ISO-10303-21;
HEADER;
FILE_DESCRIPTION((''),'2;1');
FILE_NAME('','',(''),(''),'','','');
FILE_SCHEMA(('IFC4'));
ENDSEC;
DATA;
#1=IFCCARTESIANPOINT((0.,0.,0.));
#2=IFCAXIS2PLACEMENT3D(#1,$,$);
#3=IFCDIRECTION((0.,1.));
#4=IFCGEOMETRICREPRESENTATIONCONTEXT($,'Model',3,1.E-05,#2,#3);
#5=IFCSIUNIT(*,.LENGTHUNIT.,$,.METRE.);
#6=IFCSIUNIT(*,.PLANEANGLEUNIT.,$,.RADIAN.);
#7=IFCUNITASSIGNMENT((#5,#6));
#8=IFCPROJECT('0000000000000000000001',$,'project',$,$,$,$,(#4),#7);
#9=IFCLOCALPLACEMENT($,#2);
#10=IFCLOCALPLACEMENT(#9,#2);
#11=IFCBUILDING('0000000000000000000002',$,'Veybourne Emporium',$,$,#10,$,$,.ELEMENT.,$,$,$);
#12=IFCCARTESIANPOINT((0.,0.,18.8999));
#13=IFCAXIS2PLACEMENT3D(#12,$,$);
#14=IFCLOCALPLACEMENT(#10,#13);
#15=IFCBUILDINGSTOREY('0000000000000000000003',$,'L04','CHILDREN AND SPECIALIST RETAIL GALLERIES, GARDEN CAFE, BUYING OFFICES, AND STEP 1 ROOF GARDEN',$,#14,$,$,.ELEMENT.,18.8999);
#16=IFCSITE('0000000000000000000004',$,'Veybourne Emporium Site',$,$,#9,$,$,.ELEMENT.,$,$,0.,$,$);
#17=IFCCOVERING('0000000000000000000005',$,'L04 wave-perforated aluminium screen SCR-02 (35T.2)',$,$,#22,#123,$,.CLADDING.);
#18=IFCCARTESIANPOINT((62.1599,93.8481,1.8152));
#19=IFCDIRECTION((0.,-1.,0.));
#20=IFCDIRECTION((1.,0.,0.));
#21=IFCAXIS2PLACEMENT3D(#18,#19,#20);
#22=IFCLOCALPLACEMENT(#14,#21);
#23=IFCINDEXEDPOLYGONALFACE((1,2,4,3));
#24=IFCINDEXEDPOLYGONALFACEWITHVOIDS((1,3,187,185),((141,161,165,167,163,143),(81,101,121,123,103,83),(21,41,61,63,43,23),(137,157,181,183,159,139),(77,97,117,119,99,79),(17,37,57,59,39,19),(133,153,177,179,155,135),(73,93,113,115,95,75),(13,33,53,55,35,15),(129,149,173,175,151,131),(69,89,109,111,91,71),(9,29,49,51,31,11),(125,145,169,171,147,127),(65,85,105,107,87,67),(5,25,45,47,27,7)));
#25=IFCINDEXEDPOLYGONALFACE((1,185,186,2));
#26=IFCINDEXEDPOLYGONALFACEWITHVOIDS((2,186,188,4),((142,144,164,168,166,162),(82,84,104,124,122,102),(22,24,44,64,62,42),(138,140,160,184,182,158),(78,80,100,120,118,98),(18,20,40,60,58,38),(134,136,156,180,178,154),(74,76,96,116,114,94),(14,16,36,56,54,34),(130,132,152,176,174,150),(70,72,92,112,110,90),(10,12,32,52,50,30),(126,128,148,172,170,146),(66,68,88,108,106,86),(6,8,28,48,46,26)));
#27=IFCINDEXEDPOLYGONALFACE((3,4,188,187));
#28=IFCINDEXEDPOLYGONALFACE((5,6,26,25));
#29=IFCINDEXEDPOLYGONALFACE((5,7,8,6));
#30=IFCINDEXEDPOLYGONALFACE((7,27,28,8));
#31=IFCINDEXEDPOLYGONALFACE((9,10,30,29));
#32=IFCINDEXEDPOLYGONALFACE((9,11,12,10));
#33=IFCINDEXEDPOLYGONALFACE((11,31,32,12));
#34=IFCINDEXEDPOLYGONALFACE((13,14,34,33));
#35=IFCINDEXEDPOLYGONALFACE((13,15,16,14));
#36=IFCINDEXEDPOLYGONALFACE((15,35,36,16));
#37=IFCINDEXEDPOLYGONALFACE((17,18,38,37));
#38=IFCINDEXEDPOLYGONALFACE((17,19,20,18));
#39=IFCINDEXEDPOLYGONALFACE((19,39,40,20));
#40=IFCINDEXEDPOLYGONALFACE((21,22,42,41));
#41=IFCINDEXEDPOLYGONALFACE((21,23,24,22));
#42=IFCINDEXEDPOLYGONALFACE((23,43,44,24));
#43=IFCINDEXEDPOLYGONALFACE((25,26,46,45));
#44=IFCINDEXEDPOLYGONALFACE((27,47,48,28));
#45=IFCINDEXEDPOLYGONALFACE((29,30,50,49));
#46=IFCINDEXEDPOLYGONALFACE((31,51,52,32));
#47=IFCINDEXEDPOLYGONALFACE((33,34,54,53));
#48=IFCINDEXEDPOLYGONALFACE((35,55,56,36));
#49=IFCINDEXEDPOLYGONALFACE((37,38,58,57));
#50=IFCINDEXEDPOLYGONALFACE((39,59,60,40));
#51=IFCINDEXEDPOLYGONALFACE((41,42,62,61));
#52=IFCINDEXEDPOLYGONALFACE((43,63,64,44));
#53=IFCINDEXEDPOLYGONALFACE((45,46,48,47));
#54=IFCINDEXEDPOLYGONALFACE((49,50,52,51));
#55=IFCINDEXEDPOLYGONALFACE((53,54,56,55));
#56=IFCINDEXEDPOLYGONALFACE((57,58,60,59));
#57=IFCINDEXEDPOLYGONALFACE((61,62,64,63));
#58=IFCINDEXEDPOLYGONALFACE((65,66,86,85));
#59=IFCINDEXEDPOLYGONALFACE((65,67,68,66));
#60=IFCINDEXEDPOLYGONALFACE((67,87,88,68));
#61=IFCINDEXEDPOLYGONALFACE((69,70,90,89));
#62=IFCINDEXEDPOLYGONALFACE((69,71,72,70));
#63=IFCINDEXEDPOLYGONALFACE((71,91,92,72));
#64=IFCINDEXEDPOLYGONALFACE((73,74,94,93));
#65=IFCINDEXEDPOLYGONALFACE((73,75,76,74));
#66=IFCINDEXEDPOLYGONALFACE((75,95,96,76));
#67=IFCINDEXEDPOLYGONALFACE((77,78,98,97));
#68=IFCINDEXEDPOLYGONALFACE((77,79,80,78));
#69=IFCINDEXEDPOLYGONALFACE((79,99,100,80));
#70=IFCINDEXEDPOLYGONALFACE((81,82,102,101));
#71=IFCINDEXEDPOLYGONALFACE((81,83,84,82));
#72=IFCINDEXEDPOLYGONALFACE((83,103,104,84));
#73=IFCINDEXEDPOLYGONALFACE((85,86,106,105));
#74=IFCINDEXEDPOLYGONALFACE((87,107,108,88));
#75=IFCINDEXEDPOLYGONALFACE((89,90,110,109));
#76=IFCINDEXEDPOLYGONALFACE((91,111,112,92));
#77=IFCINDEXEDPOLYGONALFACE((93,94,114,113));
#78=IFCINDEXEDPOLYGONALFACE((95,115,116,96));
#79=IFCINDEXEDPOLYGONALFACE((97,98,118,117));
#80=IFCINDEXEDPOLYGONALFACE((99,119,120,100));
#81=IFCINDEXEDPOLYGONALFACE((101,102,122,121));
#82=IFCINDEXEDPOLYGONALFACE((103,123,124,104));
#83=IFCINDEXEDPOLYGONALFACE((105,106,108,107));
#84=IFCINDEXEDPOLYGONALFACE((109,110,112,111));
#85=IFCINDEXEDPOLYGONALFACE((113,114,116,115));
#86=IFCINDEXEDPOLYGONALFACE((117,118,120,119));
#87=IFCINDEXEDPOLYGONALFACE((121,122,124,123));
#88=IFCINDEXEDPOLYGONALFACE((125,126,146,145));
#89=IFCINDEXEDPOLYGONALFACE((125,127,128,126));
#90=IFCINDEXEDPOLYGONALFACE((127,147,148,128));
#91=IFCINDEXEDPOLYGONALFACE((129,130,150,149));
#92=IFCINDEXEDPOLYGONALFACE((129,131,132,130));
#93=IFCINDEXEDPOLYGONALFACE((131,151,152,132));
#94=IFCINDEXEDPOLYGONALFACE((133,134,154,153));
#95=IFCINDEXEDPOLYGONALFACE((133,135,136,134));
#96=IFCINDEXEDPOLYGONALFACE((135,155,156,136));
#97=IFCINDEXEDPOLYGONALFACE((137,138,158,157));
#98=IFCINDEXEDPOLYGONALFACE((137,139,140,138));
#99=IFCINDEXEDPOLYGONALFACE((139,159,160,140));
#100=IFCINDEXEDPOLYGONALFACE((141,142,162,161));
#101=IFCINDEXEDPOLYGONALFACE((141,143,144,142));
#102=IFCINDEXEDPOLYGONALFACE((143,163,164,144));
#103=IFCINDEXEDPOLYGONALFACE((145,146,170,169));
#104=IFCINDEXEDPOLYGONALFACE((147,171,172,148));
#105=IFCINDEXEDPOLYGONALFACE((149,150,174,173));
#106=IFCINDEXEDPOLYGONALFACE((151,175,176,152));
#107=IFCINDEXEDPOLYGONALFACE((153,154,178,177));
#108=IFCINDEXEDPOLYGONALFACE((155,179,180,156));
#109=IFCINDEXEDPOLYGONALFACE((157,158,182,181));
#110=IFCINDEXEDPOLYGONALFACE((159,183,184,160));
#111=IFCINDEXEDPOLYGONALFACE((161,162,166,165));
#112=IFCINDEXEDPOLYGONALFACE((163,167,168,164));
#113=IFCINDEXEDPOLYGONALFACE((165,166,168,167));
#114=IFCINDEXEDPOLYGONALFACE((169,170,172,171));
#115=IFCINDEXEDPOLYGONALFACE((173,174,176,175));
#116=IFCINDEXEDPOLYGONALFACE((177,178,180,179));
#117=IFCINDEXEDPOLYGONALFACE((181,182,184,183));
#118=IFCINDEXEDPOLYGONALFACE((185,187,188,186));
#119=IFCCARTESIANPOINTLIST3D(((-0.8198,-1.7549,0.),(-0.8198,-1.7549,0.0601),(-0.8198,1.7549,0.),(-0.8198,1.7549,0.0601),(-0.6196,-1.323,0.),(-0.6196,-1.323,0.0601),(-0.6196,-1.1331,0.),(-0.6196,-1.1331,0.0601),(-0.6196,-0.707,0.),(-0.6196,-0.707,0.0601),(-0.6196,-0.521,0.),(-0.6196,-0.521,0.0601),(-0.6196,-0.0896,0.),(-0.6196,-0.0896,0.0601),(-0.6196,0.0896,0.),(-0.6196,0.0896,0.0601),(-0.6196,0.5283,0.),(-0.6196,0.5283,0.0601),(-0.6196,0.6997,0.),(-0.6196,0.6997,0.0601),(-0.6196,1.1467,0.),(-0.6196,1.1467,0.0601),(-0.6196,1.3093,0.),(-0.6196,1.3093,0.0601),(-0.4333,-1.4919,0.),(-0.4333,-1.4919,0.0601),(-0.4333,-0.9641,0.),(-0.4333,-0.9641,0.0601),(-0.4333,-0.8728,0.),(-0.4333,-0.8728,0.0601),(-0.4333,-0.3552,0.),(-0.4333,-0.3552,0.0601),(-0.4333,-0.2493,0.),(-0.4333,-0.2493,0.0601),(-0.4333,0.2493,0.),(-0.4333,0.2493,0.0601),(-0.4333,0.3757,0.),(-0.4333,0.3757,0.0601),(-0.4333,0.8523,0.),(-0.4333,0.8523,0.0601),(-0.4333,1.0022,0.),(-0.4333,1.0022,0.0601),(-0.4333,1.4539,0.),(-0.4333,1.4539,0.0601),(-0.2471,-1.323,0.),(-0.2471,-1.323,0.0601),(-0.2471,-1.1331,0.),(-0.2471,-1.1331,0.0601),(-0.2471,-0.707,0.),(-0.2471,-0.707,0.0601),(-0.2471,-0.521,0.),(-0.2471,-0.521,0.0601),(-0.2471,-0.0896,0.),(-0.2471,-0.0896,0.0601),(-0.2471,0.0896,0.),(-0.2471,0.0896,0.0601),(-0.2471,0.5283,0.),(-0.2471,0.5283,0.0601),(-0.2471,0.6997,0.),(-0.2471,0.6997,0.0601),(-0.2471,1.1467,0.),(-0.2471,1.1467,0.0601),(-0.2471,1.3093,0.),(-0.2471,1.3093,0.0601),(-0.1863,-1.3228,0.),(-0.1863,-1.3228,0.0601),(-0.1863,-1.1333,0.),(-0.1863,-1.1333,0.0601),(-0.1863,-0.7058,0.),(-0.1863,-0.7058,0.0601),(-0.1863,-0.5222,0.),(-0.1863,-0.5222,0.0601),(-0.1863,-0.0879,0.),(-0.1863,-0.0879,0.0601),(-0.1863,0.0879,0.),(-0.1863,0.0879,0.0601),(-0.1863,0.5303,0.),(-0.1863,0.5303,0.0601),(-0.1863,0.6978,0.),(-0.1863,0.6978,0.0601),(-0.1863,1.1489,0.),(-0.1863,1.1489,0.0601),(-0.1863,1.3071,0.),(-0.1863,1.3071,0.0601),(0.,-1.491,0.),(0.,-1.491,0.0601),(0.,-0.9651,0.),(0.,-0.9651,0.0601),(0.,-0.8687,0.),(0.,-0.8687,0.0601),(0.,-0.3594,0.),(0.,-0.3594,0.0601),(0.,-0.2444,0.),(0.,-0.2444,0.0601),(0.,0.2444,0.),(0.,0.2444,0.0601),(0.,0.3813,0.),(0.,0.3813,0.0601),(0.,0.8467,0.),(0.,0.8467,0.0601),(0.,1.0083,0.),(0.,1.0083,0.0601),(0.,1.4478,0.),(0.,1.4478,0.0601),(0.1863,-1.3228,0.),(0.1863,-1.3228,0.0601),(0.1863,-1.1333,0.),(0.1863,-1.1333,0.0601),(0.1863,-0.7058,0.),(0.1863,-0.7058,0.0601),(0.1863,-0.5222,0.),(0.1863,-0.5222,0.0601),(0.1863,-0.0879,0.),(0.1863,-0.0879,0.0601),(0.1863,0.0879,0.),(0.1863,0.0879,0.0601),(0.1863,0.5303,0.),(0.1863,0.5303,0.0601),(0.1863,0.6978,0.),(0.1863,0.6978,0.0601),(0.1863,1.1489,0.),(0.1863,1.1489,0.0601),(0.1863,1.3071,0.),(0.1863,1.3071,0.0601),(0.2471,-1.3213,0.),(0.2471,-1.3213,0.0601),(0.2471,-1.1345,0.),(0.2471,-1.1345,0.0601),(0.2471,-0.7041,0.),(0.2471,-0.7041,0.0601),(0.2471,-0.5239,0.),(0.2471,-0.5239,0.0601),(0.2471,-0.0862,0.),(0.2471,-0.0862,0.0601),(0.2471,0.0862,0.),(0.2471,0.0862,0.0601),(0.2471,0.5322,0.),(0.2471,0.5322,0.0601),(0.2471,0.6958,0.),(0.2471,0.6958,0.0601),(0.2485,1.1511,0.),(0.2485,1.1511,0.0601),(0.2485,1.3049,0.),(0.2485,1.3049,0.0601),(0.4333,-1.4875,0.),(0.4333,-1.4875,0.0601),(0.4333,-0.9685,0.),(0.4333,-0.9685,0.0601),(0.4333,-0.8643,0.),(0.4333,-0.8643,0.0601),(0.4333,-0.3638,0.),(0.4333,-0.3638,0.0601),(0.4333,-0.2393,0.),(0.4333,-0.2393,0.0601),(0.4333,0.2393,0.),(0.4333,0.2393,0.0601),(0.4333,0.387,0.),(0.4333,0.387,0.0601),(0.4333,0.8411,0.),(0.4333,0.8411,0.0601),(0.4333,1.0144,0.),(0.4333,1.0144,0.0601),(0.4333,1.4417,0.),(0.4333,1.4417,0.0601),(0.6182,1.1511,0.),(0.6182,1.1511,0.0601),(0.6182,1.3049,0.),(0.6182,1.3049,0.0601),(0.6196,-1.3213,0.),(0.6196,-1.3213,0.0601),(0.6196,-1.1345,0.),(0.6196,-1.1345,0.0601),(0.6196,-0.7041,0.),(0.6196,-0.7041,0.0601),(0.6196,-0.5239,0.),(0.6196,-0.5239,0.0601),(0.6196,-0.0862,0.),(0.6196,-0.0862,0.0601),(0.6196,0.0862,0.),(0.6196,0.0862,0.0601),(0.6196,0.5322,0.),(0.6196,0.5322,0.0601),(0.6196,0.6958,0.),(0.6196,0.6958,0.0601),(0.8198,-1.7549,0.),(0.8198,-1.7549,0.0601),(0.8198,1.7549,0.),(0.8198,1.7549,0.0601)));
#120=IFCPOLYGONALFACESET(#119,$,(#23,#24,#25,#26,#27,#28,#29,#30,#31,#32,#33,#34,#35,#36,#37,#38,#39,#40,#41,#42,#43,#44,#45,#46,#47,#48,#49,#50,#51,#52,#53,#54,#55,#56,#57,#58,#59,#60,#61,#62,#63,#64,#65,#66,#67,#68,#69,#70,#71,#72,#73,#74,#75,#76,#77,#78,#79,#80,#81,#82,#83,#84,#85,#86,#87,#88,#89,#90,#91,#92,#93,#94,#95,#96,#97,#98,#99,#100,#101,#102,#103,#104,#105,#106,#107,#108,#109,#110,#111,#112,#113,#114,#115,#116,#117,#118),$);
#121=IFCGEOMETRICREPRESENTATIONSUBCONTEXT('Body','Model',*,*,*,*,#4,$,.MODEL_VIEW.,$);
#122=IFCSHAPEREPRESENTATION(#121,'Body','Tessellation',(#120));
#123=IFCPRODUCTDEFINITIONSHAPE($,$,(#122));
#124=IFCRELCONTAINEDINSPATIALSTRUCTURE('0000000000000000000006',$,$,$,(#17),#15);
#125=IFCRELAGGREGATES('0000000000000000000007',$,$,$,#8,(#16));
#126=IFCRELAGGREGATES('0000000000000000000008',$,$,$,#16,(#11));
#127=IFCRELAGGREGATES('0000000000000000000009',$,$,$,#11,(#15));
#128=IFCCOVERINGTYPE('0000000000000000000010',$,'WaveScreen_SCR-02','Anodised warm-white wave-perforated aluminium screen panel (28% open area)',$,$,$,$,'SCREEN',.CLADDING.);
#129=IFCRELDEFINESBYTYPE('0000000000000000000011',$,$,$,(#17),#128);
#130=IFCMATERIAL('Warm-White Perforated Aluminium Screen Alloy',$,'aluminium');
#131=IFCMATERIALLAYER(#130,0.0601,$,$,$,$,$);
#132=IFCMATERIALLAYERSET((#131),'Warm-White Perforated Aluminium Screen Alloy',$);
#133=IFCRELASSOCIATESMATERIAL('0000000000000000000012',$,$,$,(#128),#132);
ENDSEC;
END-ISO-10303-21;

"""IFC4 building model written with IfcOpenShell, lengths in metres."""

from ifc_helpers import new_model, si_unit, direction, frame, origin, place, context, subcontext, project, spatial, polyline, outline, extrude, material, layer, layer_set, type_object, element, save


model = new_model("IFC4")

# Units and contexts
model_context = context("Model", 3, precision=1e-05, world=origin(), true_north=direction((0.0, 1.0)))
body_context = subcontext(model_context, "Body", "Model", "MODEL_VIEW")
ifc_project = project(units=[si_unit("LENGTHUNIT", "METRE"), si_unit("PLANEANGLEUNIT", "RADIAN")], contexts=[model_context])

# Site, building, storey
site_placement = place(None, origin())
site = spatial("IfcSite", under=ifc_project, at=site_placement, Name="Veybourne Emporium Site", CompositionType="ELEMENT", RefElevation=0.0)
building_placement = place(site_placement, origin())
building = spatial("IfcBuilding", under=site, at=building_placement, Name="Veybourne Emporium", CompositionType="ELEMENT")
storey_placement = place(building_placement, frame((0.0, 0.0, 18.8999)))
storey = spatial("IfcBuildingStorey", under=building, at=storey_placement, Name="L04", Description="CHILDREN AND SPECIALIST RETAIL GALLERIES, GARDEN CAFE, BUYING OFFICES, AND STEP 1 ROOF GARDEN", CompositionType="ELEMENT", Elevation=18.8999)

# Covering
ifc_material_1 = material(Name="Warm-White Perforated Aluminium Screen Alloy", Category="aluminium")
ifc_layer_1 = layer(ifc_material_1, 0.0601)
ifc_layer_set_1 = layer_set([ifc_layer_1], Name="Warm-White Perforated Aluminium Screen Alloy")
covering_type_1 = type_object("IfcCoveringType", Name="WaveScreen_SCR-02", Description="Anodised warm-white wave-perforated aluminium screen panel (28% open area)", ElementType="SCREEN", PredefinedType="CLADDING", material=ifc_layer_set_1)
covering_1_placement = place(storey_placement, frame((62.1599, 93.8481, 1.8152), z_axis=(0.0, -1.0, 0.0), x_axis=(1.0, 0.0, 0.0)))
element("IfcCovering", 1, at=covering_1_placement, inside=storey, type_object=covering_type_1, Name="L04 wave-perforated aluminium screen SCR-02 (35T.2)", PredefinedType="CLADDING", context=body_context, shape_type="SweptSolid", body=[
    extrude(outline(polyline([(-0.8198, -1.7549), (0.8198, -1.7549), (0.8198, 1.7549), (-0.8198, 1.7549), (-0.8198, -1.7549)]), holes=[polyline([(-0.4333, -0.9641), (-0.2471, -1.1331), (-0.2471, -1.323), (-0.4333, -1.4919), (-0.6196, -1.323), (-0.6196, -1.1331), (-0.4333, -0.9641)]), polyline([(-0.4333, -0.3552), (-0.2471, -0.521), (-0.2471, -0.707), (-0.4333, -0.8728), (-0.6196, -0.707), (-0.6196, -0.521), (-0.4333, -0.3552)]), polyline([(-0.4333, 0.2493), (-0.2471, 0.0896), (-0.2471, -0.0896), (-0.4333, -0.2493), (-0.6196, -0.0896), (-0.6196, 0.0896), (-0.4333, 0.2493)]), polyline([(-0.4333, 0.8523), (-0.2471, 0.6997), (-0.2471, 0.5283), (-0.4333, 0.3757), (-0.6196, 0.5283), (-0.6196, 0.6997), (-0.4333, 0.8523)]), polyline([(-0.4333, 1.4539), (-0.2471, 1.3093), (-0.2471, 1.1467), (-0.4333, 1.0022), (-0.6196, 1.1467), (-0.6196, 1.3093), (-0.4333, 1.4539)]), polyline([(0.0, -0.9651), (0.1863, -1.1333), (0.1863, -1.3228), (0.0, -1.491), (-0.1863, -1.3228), (-0.1863, -1.1333), (0.0, -0.9651)]), polyline([(0.0, -0.3594), (0.1863, -0.5222), (0.1863, -0.7058), (0.0, -0.8687), (-0.1863, -0.7058), (-0.1863, -0.5222), (0.0, -0.3594)]), polyline([(0.0, 0.2444), (0.1863, 0.0879), (0.1863, -0.0879), (0.0, -0.2444), (-0.1863, -0.0879), (-0.1863, 0.0879), (0.0, 0.2444)]), polyline([(0.0, 0.8467), (0.1863, 0.6978), (0.1863, 0.5303), (0.0, 0.3813), (-0.1863, 0.5303), (-0.1863, 0.6978), (0.0, 0.8467)]), polyline([(0.0, 1.4478), (0.1863, 1.3071), (0.1863, 1.1489), (0.0, 1.0083), (-0.1863, 1.1489), (-0.1863, 1.3071), (0.0, 1.4478)]), polyline([(0.4333, -0.9685), (0.6196, -1.1345), (0.6196, -1.3213), (0.4333, -1.4875), (0.2471, -1.3213), (0.2471, -1.1345), (0.4333, -0.9685)]), polyline([(0.4333, -0.3638), (0.6196, -0.5239), (0.6196, -0.7041), (0.4333, -0.8643), (0.2471, -0.7041), (0.2471, -0.5239), (0.4333, -0.3638)]), polyline([(0.4333, 0.2393), (0.6196, 0.0862), (0.6196, -0.0862), (0.4333, -0.2393), (0.2471, -0.0862), (0.2471, 0.0862), (0.4333, 0.2393)]), polyline([(0.4333, 0.8411), (0.6196, 0.6958), (0.6196, 0.5322), (0.4333, 0.387), (0.2471, 0.5322), (0.2471, 0.6958), (0.4333, 0.8411)]), polyline([(0.4333, 1.4417), (0.6182, 1.3049), (0.6182, 1.1511), (0.4333, 1.0144), (0.2485, 1.1511), (0.2485, 1.3049), (0.4333, 1.4417)])]), origin(), (0.0, 0.0, 1.0), 0.0601),
])

save(model, "model.ifc")
